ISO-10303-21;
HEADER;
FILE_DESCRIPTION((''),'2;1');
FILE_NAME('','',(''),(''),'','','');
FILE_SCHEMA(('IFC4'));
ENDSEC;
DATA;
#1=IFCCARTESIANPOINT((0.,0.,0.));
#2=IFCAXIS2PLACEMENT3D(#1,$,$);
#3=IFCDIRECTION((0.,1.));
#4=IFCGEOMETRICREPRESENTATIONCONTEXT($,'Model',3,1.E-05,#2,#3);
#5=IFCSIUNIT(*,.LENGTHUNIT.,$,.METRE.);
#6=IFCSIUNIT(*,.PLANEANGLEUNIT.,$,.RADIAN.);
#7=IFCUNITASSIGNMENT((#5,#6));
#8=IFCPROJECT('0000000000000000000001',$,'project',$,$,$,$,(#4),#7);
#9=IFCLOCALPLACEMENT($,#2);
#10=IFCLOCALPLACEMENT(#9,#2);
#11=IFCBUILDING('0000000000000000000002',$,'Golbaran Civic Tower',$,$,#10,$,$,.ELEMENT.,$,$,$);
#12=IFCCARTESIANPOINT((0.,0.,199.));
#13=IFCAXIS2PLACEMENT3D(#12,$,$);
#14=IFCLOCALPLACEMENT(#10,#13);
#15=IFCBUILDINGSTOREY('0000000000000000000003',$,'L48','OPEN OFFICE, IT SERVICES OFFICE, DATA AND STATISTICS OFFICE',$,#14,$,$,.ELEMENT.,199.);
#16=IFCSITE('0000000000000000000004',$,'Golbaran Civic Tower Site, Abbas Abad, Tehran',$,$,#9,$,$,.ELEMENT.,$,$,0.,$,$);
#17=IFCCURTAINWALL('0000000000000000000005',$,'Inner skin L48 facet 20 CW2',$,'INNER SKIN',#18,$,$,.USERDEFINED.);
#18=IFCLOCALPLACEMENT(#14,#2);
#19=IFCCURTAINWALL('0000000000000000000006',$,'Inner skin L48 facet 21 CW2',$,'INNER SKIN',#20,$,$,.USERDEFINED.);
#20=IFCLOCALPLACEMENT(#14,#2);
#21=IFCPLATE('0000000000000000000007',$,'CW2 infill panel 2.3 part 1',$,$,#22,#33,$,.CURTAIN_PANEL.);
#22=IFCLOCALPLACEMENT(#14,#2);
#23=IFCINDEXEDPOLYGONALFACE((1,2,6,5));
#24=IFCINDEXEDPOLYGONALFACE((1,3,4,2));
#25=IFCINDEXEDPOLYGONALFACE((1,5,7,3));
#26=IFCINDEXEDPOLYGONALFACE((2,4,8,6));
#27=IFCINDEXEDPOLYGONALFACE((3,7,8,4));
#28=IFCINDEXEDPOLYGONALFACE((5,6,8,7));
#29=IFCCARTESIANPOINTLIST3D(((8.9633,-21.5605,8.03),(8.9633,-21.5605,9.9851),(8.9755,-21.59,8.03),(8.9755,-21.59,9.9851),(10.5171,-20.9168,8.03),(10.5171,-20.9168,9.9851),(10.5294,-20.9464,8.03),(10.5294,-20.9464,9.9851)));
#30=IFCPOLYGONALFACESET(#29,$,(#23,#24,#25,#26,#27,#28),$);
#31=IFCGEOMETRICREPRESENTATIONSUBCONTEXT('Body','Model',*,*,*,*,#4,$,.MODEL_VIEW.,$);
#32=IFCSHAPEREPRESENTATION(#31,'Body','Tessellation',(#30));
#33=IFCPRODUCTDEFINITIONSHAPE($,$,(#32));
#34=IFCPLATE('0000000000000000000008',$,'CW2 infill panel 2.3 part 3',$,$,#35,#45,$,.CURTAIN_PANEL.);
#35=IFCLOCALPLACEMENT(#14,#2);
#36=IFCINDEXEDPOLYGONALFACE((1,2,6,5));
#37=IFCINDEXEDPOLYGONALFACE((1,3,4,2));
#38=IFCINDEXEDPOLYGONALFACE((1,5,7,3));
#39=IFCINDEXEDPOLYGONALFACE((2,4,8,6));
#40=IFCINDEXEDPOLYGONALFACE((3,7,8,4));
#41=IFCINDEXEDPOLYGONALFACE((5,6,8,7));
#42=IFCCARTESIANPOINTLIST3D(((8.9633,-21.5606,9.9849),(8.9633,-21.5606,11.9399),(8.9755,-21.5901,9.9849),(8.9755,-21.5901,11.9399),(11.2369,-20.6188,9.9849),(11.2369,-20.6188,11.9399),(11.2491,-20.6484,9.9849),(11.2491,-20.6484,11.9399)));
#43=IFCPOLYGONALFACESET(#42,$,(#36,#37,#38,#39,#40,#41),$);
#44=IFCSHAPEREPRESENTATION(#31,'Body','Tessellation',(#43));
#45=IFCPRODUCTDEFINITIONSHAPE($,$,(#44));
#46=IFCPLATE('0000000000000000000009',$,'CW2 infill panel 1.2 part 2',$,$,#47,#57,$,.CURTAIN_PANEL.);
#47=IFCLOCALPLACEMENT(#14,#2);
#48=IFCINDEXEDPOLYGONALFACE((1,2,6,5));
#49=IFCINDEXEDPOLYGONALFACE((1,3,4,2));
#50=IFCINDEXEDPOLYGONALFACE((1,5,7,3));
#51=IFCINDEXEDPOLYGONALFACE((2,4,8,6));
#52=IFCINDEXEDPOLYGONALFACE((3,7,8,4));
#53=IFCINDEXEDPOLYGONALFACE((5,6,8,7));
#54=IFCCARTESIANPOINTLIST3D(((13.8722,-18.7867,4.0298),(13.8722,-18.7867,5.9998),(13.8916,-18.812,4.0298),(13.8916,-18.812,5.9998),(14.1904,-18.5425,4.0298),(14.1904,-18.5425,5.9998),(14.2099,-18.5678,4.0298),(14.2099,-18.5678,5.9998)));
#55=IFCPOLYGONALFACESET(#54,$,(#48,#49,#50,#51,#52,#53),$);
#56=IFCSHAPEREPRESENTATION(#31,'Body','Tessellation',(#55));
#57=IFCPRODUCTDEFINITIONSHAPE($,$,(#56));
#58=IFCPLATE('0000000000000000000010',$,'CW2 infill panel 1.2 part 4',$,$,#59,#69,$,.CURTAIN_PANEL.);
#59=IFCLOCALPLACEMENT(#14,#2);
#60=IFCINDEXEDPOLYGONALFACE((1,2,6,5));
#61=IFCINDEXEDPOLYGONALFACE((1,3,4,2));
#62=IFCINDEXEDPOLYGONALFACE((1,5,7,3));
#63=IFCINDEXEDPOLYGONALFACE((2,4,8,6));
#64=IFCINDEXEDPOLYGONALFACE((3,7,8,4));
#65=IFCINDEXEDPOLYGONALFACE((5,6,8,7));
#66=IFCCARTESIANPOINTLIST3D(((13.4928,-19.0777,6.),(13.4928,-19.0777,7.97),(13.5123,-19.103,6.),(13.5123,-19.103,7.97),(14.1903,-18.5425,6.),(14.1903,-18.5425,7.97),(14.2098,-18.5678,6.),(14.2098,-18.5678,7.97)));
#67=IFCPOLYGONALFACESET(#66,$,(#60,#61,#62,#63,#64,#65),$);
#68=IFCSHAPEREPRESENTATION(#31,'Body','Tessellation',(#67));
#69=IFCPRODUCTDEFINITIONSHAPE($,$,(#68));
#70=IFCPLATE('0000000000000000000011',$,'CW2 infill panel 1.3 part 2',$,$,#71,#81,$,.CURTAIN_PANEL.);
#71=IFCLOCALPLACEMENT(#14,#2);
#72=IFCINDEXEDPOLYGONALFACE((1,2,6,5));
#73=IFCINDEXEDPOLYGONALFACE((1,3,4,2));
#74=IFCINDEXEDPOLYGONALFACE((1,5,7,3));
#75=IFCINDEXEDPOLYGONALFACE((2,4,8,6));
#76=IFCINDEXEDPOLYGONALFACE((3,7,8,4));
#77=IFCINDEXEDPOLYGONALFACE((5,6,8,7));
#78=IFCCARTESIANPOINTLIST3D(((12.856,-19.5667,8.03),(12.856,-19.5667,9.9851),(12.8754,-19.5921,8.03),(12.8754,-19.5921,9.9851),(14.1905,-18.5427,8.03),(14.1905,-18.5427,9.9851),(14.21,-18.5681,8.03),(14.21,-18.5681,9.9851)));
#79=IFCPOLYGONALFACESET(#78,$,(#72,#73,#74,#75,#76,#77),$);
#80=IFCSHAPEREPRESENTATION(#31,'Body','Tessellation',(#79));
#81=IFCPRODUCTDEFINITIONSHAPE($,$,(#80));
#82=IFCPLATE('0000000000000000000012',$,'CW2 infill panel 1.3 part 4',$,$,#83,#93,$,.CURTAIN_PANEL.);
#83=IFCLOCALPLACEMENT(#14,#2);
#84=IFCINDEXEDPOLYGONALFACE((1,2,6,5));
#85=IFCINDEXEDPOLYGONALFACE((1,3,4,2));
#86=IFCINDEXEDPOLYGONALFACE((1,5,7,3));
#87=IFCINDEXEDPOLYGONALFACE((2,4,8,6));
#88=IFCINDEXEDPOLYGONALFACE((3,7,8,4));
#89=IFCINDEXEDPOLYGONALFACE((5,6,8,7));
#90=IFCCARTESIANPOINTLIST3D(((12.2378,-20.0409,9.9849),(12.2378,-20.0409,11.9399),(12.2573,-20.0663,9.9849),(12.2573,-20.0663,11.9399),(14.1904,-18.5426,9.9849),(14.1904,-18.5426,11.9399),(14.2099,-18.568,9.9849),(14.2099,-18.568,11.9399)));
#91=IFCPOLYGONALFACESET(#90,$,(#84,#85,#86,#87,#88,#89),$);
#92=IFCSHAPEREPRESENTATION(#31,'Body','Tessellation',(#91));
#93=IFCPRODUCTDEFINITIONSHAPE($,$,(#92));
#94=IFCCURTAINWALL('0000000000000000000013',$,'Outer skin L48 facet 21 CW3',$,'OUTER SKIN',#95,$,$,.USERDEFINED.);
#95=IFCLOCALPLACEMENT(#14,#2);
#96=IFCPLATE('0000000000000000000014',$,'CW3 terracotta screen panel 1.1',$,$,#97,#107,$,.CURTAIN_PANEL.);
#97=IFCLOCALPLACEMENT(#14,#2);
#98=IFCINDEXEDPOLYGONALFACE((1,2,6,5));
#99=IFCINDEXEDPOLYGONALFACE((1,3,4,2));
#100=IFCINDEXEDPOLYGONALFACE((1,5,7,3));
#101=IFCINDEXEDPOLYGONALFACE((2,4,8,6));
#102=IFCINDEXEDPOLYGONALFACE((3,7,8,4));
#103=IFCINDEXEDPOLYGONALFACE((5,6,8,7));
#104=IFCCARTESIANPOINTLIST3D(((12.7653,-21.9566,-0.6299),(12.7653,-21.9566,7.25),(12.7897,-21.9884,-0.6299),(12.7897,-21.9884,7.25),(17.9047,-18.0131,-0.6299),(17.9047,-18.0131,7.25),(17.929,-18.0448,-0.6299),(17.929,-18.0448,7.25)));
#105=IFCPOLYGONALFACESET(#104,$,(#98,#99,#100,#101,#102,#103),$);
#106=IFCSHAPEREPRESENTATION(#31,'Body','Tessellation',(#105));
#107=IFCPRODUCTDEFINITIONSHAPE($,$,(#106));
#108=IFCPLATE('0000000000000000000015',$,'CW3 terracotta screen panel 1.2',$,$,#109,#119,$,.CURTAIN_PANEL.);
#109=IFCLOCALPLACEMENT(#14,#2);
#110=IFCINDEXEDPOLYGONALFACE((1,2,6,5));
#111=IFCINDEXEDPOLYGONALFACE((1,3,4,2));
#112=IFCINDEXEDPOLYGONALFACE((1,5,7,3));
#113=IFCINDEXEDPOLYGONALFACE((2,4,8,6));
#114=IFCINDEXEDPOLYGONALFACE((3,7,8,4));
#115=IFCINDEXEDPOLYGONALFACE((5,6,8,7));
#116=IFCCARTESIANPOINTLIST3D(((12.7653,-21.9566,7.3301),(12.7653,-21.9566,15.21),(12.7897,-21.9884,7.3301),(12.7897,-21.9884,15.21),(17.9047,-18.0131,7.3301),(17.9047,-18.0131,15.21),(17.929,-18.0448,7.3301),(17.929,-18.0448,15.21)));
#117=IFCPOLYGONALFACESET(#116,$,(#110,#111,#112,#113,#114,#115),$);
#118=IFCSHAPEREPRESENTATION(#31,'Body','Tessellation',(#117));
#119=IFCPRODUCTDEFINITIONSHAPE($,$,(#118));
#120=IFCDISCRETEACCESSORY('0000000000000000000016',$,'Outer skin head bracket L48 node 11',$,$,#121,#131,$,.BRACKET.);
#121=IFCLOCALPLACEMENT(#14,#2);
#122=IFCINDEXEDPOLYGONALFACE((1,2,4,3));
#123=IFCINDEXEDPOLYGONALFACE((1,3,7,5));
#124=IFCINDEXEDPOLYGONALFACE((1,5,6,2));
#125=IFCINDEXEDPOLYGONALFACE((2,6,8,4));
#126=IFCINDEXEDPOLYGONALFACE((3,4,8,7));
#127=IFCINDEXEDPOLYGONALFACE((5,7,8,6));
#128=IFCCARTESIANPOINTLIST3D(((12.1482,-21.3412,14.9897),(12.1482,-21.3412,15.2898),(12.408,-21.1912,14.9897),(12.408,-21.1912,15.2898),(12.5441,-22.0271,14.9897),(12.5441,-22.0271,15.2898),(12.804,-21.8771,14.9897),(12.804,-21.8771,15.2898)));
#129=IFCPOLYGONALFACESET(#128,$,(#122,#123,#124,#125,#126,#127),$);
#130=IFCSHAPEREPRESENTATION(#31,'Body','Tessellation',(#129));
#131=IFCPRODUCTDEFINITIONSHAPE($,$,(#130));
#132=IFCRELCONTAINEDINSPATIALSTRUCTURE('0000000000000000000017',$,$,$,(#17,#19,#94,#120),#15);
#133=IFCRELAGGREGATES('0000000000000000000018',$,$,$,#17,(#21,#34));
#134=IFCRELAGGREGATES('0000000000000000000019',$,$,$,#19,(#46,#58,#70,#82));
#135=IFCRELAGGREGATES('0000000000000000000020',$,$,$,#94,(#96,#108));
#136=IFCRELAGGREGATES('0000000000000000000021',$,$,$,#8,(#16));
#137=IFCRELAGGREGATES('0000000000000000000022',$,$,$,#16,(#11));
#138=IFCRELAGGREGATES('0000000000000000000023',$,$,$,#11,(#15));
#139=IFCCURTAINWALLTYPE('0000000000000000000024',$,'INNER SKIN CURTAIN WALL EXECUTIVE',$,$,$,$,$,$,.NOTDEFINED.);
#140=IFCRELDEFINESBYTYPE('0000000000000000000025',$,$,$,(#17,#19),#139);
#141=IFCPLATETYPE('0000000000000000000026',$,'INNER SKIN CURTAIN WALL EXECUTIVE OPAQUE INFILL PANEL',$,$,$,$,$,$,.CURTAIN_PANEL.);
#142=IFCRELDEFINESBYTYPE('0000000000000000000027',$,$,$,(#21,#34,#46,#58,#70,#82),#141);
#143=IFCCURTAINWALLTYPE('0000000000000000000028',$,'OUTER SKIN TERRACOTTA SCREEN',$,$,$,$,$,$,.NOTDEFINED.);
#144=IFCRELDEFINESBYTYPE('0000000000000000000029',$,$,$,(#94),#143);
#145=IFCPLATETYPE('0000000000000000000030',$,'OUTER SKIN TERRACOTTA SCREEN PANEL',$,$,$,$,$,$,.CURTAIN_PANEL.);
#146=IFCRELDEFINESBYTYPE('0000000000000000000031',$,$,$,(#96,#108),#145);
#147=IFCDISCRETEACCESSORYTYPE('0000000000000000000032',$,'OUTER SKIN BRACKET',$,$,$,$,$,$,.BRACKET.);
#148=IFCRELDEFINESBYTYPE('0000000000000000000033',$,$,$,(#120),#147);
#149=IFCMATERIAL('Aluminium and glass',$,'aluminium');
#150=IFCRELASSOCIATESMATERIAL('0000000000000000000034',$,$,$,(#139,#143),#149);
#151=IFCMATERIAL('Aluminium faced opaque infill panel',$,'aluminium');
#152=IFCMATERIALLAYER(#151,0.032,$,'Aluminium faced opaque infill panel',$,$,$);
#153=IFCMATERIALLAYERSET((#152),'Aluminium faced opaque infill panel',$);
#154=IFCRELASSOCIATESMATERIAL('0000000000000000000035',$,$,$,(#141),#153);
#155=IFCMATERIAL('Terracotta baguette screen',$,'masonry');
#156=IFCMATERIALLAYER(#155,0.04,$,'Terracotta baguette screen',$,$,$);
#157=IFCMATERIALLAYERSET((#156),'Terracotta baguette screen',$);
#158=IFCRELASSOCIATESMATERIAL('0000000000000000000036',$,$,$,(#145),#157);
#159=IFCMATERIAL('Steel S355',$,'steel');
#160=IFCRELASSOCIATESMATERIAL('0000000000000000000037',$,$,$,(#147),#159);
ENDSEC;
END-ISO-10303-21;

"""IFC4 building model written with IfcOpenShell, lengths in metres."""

from ifc_helpers import new_model, si_unit, direction, frame, origin, origin_2d, place, context, subcontext, project, spatial, rectangle, extrude, material, layer, layer_set, type_object, element, aggregate, save


model = new_model("IFC4")

# Units and contexts
model_context = context("Model", 3, precision=1e-05, world=origin(), true_north=direction((0.0, 1.0)))
body_context = subcontext(model_context, "Body", "Model", "MODEL_VIEW")
ifc_project = project(units=[si_unit("LENGTHUNIT", "METRE"), si_unit("PLANEANGLEUNIT", "RADIAN")], contexts=[model_context])

# Site, building, storey
site_placement = place(None, origin())
site = spatial("IfcSite", under=ifc_project, at=site_placement, Name="Golbaran Civic Tower Site, Abbas Abad, Tehran", CompositionType="ELEMENT", RefElevation=0.0)
building_placement = place(site_placement, origin())
building = spatial("IfcBuilding", under=site, at=building_placement, Name="Golbaran Civic Tower", CompositionType="ELEMENT")
storey_placement = place(building_placement, frame((0.0, 0.0, 199.0)))
storey = spatial("IfcBuildingStorey", under=building, at=storey_placement, Name="L48", Description="OPEN OFFICE, IT SERVICES OFFICE, DATA AND STATISTICS OFFICE", CompositionType="ELEMENT", Elevation=199.0)

# Curtain walls
ifc_material_1 = material(Name="Aluminium and glass", Category="aluminium")
curtain_wall_type_1 = type_object("IfcCurtainWallType", Name="INNER SKIN CURTAIN WALL EXECUTIVE", PredefinedType="NOTDEFINED", material=ifc_material_1)
curtain_wall_1_placement = place(storey_placement, origin())
curtain_wall_1 = element("IfcCurtainWall", 1, at=curtain_wall_1_placement, inside=storey, type_object=curtain_wall_type_1, Name="Inner skin L48 facet 20 CW2", ObjectType="INNER SKIN", PredefinedType="USERDEFINED")
curtain_wall_2_placement = place(storey_placement, origin())
curtain_wall_2 = element("IfcCurtainWall", 2, at=curtain_wall_2_placement, inside=storey, type_object=curtain_wall_type_1, Name="Inner skin L48 facet 21 CW2", ObjectType="INNER SKIN", PredefinedType="USERDEFINED")

# Plates
ifc_material_2 = material(Name="Aluminium faced opaque infill panel", Category="aluminium")
ifc_layer_1 = layer(ifc_material_2, 0.032, Name="Aluminium faced opaque infill panel")
ifc_layer_set_1 = layer_set([ifc_layer_1], Name="Aluminium faced opaque infill panel")
plate_type_1 = type_object("IfcPlateType", Name="INNER SKIN CURTAIN WALL EXECUTIVE OPAQUE INFILL PANEL", PredefinedType="CURTAIN_PANEL", material=ifc_layer_set_1)
plate_1_placement = place(storey_placement, frame((9.7463, -21.2534, 8.03), z_axis=(0.0, 0.0, 1.0), x_axis=(0.92388, 0.382683, 0.0)))
plate_1 = element("IfcPlate", 3, at=plate_1_placement, type_object=plate_type_1, Name="CW2 infill panel 2.3 part 1", PredefinedType="CURTAIN_PANEL", context=body_context, shape_type="SweptSolid", body=[
    extrude(rectangle(XDim=1.6819, YDim=0.032, at=origin_2d()), origin(), (0.0, 0.0, 1.0), 1.9551),
])
plate_2_placement = place(storey_placement, frame((10.1062, -21.1045, 9.9849), z_axis=(0.0, 0.0, 1.0), x_axis=(0.92388, 0.382683, 0.0)))
plate_2 = element("IfcPlate", 4, at=plate_2_placement, type_object=plate_type_1, Name="CW2 infill panel 2.3 part 3", PredefinedType="CURTAIN_PANEL", context=body_context, shape_type="SweptSolid", body=[
    extrude(rectangle(XDim=2.4609, YDim=0.032, at=origin_2d()), origin(), (0.0, 0.0, 1.0), 1.9551),
])
aggregate(curtain_wall_1, [plate_1, plate_2])
plate_3_placement = place(storey_placement, frame((14.041, -18.6772, 4.0298), z_axis=(0.0, 0.0, 1.0), x_axis=(0.793353, 0.608761, 0.0)))
plate_3 = element("IfcPlate", 5, at=plate_3_placement, type_object=plate_type_1, Name="CW2 infill panel 1.2 part 2", PredefinedType="CURTAIN_PANEL", context=body_context, shape_type="SweptSolid", body=[
    extrude(rectangle(XDim=0.4011, YDim=0.032, at=origin_2d()), origin(), (0.0, 0.0, 1.0), 1.97),
])
plate_4_placement = place(storey_placement, frame((13.8513, -18.8228, 6.0), z_axis=(0.0, 0.0, 1.0), x_axis=(0.793353, 0.608761, 0.0)))
plate_4 = element("IfcPlate", 6, at=plate_4_placement, type_object=plate_type_1, Name="CW2 infill panel 1.2 part 4", PredefinedType="CURTAIN_PANEL", context=body_context, shape_type="SweptSolid", body=[
    extrude(rectangle(XDim=0.8792, YDim=0.032, at=origin_2d()), origin(), (0.0, 0.0, 1.0), 1.97),
])
plate_5_placement = place(storey_placement, frame((13.533, -19.0674, 8.03), z_axis=(0.0, 0.0, 1.0), x_axis=(0.793353, 0.608761, 0.0)))
plate_5 = element("IfcPlate", 7, at=plate_5_placement, type_object=plate_type_1, Name="CW2 infill panel 1.3 part 2", PredefinedType="CURTAIN_PANEL", context=body_context, shape_type="SweptSolid", body=[
    extrude(rectangle(XDim=1.6821, YDim=0.032, at=origin_2d()), origin(), (0.0, 0.0, 1.0), 1.9551),
])
plate_6_placement = place(storey_placement, frame((13.2239, -19.3044, 9.9849), z_axis=(0.0, 0.0, 1.0), x_axis=(0.793353, 0.608761, 0.0)))
plate_6 = element("IfcPlate", 8, at=plate_6_placement, type_object=plate_type_1, Name="CW2 infill panel 1.3 part 4", PredefinedType="CURTAIN_PANEL", context=body_context, shape_type="SweptSolid", body=[
    extrude(rectangle(XDim=2.4612, YDim=0.032, at=origin_2d()), origin(), (0.0, 0.0, 1.0), 1.9551),
])
aggregate(curtain_wall_2, [plate_3, plate_4, plate_5, plate_6])

# Curtain wall, plates
curtain_wall_type_2 = type_object("IfcCurtainWallType", Name="OUTER SKIN TERRACOTTA SCREEN", PredefinedType="NOTDEFINED", material=ifc_material_1)
curtain_wall_3_placement = place(storey_placement, origin())
curtain_wall_3 = element("IfcCurtainWall", 9, at=curtain_wall_3_placement, inside=storey, type_object=curtain_wall_type_2, Name="Outer skin L48 facet 21 CW3", ObjectType="OUTER SKIN", PredefinedType="USERDEFINED")
ifc_material_3 = material(Name="Terracotta baguette screen", Category="masonry")
ifc_layer_2 = layer(ifc_material_3, 0.04, Name="Terracotta baguette screen")
ifc_layer_set_2 = layer_set([ifc_layer_2], Name="Terracotta baguette screen")
plate_type_2 = type_object("IfcPlateType", Name="OUTER SKIN TERRACOTTA SCREEN PANEL", PredefinedType="CURTAIN_PANEL", material=ifc_layer_set_2)
plate_7_placement = place(storey_placement, frame((15.3472, -20.0007, -0.6299), z_axis=(0.0, 0.0, 1.0), x_axis=(0.793353, 0.608761, 0.0)))
plate_7 = element("IfcPlate", 10, at=plate_7_placement, type_object=plate_type_2, Name="CW3 terracotta screen panel 1.1", PredefinedType="CURTAIN_PANEL", context=body_context, shape_type="SweptSolid", body=[
    extrude(rectangle(XDim=6.478, YDim=0.04, at=origin_2d()), origin(), (0.0, 0.0, 1.0), 7.8799),
])
plate_8_placement = place(storey_placement, frame((15.3472, -20.0007, 7.3301), z_axis=(0.0, 0.0, 1.0), x_axis=(0.793353, 0.608761, 0.0)))
plate_8 = element("IfcPlate", 11, at=plate_8_placement, type_object=plate_type_2, Name="CW3 terracotta screen panel 1.2", PredefinedType="CURTAIN_PANEL", context=body_context, shape_type="SweptSolid", body=[
    extrude(rectangle(XDim=6.478, YDim=0.04, at=origin_2d()), origin(), (0.0, 0.0, 1.0), 7.8799),
])
aggregate(curtain_wall_3, [plate_7, plate_8])

# Discrete accessory
ifc_material_4 = material(Name="Steel S355", Category="steel")
discrete_accessory_type = type_object("IfcDiscreteAccessoryType", Name="OUTER SKIN BRACKET", PredefinedType="BRACKET", material=ifc_material_4)
discrete_accessory_placement = place(storey_placement, frame((12.4761, -21.6091, 14.9897), z_axis=(0.0, 0.0, 1.0), x_axis=(0.5, -0.866025, 0.0)))
element("IfcDiscreteAccessory", 12, at=discrete_accessory_placement, inside=storey, type_object=discrete_accessory_type, Name="Outer skin head bracket L48 node 11", PredefinedType="BRACKET", context=body_context, shape_type="SweptSolid", body=[
    extrude(rectangle(XDim=0.792, YDim=0.3, at=origin_2d()), origin(), (0.0, 0.0, 1.0), 0.3),
])

save(model, "model.ifc")
